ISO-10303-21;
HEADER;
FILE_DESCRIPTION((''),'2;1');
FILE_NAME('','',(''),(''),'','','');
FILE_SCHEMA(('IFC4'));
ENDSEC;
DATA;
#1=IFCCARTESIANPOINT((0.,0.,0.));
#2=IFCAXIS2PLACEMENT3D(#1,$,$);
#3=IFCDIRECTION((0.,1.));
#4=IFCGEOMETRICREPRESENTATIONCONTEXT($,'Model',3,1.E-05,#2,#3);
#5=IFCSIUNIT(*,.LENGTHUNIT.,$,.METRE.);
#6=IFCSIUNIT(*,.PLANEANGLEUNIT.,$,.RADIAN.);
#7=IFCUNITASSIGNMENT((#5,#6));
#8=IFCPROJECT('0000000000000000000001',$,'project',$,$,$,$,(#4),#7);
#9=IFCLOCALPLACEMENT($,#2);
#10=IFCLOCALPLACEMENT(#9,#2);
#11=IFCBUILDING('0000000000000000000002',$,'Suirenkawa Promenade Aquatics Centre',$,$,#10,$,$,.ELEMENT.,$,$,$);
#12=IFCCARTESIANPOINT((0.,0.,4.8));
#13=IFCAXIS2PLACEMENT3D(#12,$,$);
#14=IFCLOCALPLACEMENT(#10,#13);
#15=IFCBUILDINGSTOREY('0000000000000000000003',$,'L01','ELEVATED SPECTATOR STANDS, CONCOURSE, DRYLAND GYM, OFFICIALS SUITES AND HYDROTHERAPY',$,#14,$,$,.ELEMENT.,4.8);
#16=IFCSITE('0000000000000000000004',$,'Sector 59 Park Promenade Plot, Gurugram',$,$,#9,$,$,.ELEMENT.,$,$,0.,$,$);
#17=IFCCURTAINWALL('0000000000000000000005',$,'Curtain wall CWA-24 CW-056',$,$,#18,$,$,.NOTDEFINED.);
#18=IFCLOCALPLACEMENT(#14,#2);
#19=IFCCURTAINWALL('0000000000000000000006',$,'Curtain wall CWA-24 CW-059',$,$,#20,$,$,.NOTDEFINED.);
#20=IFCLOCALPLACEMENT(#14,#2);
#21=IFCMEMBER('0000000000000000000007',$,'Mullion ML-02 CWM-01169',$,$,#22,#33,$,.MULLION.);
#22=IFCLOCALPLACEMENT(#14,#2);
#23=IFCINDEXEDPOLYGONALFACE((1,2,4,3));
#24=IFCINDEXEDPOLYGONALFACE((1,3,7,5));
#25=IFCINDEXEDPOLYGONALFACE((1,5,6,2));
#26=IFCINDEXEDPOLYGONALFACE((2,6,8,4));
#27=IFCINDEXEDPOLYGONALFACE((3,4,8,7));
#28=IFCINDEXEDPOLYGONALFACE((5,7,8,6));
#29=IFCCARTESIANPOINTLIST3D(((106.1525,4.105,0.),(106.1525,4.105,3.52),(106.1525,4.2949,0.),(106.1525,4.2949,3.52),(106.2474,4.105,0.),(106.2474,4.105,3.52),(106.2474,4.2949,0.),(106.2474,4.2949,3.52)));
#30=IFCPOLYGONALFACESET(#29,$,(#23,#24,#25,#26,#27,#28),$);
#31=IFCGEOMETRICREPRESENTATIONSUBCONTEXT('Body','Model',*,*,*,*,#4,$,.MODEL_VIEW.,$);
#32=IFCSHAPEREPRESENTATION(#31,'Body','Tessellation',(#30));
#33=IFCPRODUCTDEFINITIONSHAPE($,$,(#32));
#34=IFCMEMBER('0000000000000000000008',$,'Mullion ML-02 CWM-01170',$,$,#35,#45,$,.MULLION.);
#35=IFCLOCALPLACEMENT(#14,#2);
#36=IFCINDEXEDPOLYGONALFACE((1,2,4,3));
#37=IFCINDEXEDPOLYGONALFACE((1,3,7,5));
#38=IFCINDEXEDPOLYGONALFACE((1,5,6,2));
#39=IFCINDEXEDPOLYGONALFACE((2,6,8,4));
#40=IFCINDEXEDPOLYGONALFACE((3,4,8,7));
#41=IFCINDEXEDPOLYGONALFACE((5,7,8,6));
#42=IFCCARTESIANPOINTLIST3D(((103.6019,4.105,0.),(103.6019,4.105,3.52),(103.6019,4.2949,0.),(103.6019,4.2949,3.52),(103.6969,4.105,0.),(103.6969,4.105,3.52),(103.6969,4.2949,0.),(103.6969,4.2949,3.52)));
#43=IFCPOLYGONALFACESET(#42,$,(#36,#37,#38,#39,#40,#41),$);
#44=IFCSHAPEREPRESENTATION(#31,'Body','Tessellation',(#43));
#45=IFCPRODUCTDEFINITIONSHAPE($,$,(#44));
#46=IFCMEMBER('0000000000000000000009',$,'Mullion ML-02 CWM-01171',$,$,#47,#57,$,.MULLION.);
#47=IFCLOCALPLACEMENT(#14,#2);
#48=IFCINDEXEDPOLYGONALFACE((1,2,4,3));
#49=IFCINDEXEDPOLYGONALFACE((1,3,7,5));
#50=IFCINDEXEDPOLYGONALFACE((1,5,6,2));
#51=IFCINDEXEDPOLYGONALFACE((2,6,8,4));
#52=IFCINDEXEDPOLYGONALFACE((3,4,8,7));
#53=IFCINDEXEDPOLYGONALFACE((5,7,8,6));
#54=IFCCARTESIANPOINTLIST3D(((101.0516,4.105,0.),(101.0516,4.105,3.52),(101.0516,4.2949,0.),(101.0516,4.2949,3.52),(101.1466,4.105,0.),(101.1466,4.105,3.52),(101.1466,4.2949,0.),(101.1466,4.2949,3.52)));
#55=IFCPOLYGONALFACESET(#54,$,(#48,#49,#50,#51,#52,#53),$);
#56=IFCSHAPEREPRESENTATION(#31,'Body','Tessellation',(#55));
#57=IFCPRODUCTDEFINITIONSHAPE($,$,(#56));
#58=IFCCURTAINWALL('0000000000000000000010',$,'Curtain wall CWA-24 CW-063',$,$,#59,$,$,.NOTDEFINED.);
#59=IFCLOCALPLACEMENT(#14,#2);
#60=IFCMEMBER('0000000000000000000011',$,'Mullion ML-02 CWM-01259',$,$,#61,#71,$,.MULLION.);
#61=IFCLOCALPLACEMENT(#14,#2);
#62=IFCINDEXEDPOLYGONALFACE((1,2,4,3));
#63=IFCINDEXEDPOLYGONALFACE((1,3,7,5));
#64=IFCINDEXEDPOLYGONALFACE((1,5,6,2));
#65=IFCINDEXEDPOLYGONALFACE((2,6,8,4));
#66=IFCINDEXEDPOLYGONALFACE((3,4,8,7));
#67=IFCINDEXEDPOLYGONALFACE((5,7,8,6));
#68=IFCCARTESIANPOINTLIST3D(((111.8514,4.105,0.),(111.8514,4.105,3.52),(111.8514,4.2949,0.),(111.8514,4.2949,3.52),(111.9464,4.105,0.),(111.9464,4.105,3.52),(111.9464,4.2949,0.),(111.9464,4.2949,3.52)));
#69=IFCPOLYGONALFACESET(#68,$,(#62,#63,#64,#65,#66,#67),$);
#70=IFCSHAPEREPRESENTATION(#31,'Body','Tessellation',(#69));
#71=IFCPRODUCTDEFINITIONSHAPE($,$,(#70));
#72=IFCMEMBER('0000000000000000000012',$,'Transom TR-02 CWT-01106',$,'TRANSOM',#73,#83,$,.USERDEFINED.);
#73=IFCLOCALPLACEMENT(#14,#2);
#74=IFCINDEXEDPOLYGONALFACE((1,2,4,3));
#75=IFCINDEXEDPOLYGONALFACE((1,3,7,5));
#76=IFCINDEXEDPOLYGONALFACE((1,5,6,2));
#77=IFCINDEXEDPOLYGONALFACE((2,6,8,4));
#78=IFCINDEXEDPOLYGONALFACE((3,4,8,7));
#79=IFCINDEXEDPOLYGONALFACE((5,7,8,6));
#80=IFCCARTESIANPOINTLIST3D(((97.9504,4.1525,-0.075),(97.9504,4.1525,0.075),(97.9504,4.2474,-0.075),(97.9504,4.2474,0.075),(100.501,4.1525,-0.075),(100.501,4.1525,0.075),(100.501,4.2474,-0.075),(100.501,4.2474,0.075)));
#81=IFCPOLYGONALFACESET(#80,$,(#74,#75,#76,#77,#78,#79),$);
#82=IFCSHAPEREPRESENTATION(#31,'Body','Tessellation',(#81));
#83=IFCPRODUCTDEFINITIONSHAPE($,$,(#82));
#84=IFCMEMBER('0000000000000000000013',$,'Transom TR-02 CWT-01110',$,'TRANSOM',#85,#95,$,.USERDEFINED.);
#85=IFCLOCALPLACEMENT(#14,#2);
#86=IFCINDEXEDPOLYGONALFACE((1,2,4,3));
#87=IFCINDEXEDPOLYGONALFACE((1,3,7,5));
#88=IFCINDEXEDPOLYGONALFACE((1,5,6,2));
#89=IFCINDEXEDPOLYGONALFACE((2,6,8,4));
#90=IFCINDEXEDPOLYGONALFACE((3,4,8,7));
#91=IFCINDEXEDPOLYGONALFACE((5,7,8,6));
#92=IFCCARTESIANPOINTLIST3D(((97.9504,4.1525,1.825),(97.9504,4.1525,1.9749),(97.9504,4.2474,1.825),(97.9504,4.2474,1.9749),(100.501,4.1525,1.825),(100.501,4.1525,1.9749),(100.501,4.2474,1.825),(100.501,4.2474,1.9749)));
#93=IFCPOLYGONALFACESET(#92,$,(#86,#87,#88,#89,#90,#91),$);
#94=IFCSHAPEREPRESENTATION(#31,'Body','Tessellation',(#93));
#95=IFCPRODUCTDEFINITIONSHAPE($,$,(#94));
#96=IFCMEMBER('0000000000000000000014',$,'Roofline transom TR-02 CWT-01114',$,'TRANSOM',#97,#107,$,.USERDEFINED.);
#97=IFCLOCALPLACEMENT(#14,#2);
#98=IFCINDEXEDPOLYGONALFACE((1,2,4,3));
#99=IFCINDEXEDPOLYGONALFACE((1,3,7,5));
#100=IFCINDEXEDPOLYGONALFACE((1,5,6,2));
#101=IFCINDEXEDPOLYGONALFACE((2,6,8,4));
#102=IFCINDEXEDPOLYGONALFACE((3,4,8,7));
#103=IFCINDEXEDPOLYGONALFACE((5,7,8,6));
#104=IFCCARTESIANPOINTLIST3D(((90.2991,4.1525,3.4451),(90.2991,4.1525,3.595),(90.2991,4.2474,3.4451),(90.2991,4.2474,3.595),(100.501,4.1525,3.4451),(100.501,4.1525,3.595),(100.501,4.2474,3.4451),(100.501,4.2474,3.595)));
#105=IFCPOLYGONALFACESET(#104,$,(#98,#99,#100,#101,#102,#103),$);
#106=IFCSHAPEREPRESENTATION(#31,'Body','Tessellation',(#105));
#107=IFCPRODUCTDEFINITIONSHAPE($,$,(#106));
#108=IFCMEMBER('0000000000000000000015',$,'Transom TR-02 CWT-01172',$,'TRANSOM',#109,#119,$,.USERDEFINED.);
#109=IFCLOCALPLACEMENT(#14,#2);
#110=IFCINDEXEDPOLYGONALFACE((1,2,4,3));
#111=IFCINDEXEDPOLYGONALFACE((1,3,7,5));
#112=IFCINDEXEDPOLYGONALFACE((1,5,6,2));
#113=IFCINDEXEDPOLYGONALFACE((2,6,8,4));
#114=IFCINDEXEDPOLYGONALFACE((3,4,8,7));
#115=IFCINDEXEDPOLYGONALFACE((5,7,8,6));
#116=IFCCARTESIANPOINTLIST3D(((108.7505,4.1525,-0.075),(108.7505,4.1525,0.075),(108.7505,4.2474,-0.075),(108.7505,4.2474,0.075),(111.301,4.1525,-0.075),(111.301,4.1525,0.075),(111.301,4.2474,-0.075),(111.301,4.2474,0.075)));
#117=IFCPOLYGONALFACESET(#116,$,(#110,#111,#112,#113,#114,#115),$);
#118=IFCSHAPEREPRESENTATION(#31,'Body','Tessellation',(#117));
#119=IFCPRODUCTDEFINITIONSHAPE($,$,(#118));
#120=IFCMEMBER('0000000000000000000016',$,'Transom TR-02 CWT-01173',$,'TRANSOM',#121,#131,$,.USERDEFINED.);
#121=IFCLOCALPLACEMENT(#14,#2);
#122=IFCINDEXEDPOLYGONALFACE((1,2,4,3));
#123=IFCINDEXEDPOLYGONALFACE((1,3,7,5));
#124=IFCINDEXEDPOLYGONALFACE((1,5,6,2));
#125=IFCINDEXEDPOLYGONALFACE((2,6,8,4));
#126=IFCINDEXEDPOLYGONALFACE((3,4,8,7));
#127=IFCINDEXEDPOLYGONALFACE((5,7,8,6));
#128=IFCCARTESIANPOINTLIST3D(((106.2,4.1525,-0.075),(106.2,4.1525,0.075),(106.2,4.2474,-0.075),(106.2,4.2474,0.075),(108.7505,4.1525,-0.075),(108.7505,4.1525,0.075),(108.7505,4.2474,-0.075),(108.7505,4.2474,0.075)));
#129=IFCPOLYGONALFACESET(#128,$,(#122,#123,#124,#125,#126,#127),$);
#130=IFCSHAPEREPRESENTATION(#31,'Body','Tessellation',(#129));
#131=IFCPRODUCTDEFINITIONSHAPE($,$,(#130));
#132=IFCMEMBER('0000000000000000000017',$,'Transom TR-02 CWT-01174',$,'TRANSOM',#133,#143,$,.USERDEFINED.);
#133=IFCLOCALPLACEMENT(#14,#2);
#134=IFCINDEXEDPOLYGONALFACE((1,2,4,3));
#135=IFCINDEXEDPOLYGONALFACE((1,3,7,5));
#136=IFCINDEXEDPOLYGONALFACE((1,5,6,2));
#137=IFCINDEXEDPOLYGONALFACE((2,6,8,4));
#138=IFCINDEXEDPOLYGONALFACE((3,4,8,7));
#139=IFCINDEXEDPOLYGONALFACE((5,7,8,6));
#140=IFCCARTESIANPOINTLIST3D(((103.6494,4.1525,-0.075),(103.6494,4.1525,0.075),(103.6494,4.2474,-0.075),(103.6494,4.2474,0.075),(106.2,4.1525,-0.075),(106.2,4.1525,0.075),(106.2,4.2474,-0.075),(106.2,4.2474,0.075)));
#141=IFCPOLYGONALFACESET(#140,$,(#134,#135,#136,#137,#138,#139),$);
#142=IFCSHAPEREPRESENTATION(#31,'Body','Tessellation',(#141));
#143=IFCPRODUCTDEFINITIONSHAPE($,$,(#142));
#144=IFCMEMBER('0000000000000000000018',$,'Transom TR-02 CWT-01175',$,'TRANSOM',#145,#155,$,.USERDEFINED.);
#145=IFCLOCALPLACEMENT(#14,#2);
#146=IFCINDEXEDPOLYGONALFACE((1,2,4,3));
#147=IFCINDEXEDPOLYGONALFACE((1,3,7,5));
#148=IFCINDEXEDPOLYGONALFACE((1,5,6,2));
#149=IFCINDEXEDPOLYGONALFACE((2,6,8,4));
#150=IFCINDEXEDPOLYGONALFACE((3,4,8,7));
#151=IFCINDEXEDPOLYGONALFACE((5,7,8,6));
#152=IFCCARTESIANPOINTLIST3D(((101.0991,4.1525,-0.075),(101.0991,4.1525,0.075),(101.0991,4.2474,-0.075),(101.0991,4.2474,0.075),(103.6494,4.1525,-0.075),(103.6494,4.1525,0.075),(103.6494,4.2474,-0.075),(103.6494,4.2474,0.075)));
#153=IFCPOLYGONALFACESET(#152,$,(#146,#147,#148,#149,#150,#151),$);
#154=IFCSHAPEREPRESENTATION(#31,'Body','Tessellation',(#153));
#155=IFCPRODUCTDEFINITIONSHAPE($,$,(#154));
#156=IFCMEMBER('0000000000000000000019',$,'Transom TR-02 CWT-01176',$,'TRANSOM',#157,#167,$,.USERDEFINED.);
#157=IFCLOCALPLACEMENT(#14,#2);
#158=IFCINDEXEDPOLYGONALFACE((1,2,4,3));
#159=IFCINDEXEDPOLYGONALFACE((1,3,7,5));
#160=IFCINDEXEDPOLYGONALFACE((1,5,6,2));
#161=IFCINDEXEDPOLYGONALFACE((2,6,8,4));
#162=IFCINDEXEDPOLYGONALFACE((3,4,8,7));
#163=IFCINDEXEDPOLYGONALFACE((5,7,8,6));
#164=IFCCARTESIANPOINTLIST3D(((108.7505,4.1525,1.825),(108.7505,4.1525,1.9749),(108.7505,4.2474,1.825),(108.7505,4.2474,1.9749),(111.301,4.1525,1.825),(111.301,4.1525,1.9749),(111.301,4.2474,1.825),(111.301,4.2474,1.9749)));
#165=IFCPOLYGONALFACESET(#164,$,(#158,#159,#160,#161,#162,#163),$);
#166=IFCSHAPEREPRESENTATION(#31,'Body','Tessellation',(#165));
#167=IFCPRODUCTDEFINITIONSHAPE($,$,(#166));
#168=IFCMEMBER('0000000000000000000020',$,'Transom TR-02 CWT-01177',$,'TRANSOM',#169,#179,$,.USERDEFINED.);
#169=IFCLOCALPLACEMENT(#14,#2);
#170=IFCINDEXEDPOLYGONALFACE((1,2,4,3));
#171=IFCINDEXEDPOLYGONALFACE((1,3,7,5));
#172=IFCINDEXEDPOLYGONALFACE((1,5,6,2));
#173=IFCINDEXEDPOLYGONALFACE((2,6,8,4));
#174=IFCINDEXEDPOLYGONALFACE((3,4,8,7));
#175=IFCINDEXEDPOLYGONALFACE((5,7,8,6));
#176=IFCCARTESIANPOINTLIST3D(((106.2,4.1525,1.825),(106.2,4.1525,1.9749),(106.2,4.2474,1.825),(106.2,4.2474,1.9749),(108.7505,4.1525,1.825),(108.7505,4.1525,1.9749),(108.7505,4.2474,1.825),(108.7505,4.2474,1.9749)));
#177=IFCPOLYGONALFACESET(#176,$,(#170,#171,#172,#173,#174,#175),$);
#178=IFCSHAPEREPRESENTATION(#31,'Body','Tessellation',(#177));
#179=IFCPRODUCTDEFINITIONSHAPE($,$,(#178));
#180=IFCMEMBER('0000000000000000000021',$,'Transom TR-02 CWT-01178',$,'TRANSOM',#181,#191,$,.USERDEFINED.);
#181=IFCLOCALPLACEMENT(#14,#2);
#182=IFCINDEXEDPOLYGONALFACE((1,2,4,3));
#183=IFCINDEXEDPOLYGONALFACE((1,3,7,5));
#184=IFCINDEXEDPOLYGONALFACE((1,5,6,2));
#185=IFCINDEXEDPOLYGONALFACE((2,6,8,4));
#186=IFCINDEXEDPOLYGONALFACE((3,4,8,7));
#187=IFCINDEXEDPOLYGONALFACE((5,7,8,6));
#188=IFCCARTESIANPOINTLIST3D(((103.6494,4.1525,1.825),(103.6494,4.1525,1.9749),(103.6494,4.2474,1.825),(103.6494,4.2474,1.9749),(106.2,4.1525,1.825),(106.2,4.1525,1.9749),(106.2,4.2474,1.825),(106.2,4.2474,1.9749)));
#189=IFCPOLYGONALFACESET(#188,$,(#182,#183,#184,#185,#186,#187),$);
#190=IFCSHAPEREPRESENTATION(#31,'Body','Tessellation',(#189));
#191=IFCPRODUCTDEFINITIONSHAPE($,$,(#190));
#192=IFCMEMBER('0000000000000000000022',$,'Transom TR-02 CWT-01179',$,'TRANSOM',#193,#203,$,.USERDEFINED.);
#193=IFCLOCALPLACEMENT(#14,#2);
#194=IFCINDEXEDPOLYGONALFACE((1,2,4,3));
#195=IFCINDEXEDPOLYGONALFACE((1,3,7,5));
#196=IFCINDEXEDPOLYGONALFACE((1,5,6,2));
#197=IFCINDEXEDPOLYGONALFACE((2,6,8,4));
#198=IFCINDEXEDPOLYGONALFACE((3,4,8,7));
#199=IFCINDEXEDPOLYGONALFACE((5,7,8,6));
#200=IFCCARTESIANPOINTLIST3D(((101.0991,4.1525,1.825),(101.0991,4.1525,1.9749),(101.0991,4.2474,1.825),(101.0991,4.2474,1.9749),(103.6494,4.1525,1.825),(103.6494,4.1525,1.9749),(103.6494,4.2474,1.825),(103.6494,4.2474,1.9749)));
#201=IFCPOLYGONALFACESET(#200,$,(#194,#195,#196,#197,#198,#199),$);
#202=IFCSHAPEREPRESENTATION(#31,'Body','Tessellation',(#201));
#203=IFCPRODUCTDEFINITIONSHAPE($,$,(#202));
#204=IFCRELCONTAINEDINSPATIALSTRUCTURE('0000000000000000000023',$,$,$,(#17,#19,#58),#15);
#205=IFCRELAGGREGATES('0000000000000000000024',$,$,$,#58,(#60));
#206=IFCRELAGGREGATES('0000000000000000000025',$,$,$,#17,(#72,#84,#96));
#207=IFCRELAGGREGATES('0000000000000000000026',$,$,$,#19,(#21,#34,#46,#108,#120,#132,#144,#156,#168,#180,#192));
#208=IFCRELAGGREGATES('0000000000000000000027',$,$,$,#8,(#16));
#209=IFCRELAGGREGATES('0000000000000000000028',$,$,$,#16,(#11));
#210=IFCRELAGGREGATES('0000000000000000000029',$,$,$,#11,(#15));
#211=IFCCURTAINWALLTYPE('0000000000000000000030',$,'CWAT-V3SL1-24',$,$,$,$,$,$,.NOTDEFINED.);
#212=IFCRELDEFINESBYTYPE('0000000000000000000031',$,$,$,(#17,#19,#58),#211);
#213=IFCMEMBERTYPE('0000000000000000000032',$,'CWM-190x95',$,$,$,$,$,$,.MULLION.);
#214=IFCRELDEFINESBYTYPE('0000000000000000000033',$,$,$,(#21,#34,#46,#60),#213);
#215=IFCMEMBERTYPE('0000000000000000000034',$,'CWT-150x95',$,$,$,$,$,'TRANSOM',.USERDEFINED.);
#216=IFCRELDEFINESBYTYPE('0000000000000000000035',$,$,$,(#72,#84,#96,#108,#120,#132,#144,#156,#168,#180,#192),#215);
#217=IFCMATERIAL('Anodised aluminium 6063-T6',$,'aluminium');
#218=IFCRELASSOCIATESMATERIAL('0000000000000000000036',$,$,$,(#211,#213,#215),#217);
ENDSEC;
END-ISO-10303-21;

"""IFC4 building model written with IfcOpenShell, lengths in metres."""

from ifc_helpers import new_model, si_unit, direction, frame, origin, origin_2d, place, context, subcontext, project, spatial, rectangle, extrude, material, material_profile, profile_set, type_object, element, aggregate, save


model = new_model("IFC4")

# Units and contexts
model_context = context("Model", 3, precision=1e-05, world=origin(), true_north=direction((0.0, 1.0)))
body_context = subcontext(model_context, "Body", "Model", "MODEL_VIEW")
ifc_project = project(units=[si_unit("LENGTHUNIT", "METRE"), si_unit("PLANEANGLEUNIT", "RADIAN")], contexts=[model_context])

# Site, building, storey
site_placement = place(None, origin())
site = spatial("IfcSite", under=ifc_project, at=site_placement, Name="Sector 59 Park Promenade Plot, Gurugram", CompositionType="ELEMENT", RefElevation=0.0)
building_placement = place(site_placement, origin())
building = spatial("IfcBuilding", under=site, at=building_placement, Name="Suirenkawa Promenade Aquatics Centre", CompositionType="ELEMENT")
storey_placement = place(building_placement, frame((0.0, 0.0, 4.8)))
storey = spatial("IfcBuildingStorey", under=building, at=storey_placement, Name="L01", Description="ELEVATED SPECTATOR STANDS, CONCOURSE, DRYLAND GYM, OFFICIALS SUITES AND HYDROTHERAPY", CompositionType="ELEMENT", Elevation=4.8)

# Curtain wall
ifc_material_1 = material(Name="Anodised aluminium 6063-T6", Category="aluminium")
curtain_wall_type = type_object("IfcCurtainWallType", Name="CWAT-V3SL1-24", PredefinedType="NOTDEFINED", material=ifc_material_1)
curtain_wall_1_placement = place(storey_placement, origin())
curtain_wall_1 = element("IfcCurtainWall", 1, at=curtain_wall_1_placement, inside=storey, type_object=curtain_wall_type, Name="Curtain wall CWA-24 CW-056", PredefinedType="NOTDEFINED")
ifc_material_profile_1 = material_profile(ifc_material_1, rectangle(XDim=0.095, YDim=0.1899, at=origin_2d()), Name="ALU MULL 95x190", Category="aluminium")
ifc_profile_set_1 = profile_set([ifc_material_profile_1], Name="Anodised aluminium 6063-T6")
member_type_1 = type_object("IfcMemberType", Name="CWM-190x95", PredefinedType="MULLION", material=ifc_profile_set_1)

# Curtain wall, members
curtain_wall_2_placement = place(storey_placement, origin())
curtain_wall_2 = element("IfcCurtainWall", 2, at=curtain_wall_2_placement, inside=storey, type_object=curtain_wall_type, Name="Curtain wall CWA-24 CW-059", PredefinedType="NOTDEFINED")
member_1_placement = place(storey_placement, frame((106.2, 4.2, 0.0), z_axis=(0.0, 0.0, 1.0), x_axis=(-1.0, 0.0, 0.0)))
member_1 = element("IfcMember", 3, at=member_1_placement, type_object=member_type_1, Name="Mullion ML-02 CWM-01169", PredefinedType="MULLION", context=body_context, shape_type="SweptSolid", body=[
    extrude(rectangle(XDim=0.095, YDim=0.1899, at=origin_2d()), origin(), (0.0, 0.0, 1.0), 3.52),
])
member_2_placement = place(storey_placement, frame((103.6494, 4.2, 0.0), z_axis=(0.0, 0.0, 1.0), x_axis=(-1.0, 0.0, 0.0)))
member_2 = element("IfcMember", 4, at=member_2_placement, type_object=member_type_1, Name="Mullion ML-02 CWM-01170", PredefinedType="MULLION", context=body_context, shape_type="SweptSolid", body=[
    extrude(rectangle(XDim=0.095, YDim=0.1899, at=origin_2d()), origin(), (0.0, 0.0, 1.0), 3.52),
])
member_3_placement = place(storey_placement, frame((101.0991, 4.2, 0.0), z_axis=(0.0, 0.0, 1.0), x_axis=(-1.0, 0.0, 0.0)))
member_3 = element("IfcMember", 5, at=member_3_placement, type_object=member_type_1, Name="Mullion ML-02 CWM-01171", PredefinedType="MULLION", context=body_context, shape_type="SweptSolid", body=[
    extrude(rectangle(XDim=0.095, YDim=0.1899, at=origin_2d()), origin(), (0.0, 0.0, 1.0), 3.52),
])

# Curtain wall, member
curtain_wall_3_placement = place(storey_placement, origin())
curtain_wall_3 = element("IfcCurtainWall", 6, at=curtain_wall_3_placement, inside=storey, type_object=curtain_wall_type, Name="Curtain wall CWA-24 CW-063", PredefinedType="NOTDEFINED")
member_4_placement = place(storey_placement, frame((111.8989, 4.2, 0.0), z_axis=(0.0, 0.0, 1.0), x_axis=(-1.0, 0.0, 0.0)))
member_4 = element("IfcMember", 7, at=member_4_placement, type_object=member_type_1, Name="Mullion ML-02 CWM-01259", PredefinedType="MULLION", context=body_context, shape_type="SweptSolid", body=[
    extrude(rectangle(XDim=0.095, YDim=0.1899, at=origin_2d()), origin(), (0.0, 0.0, 1.0), 3.52),
])
aggregate(curtain_wall_3, [member_4])

# Members
ifc_material_profile_2 = material_profile(ifc_material_1, rectangle(XDim=0.095, YDim=0.1499, at=origin_2d()), Name="ALU TRAN 95x150", Category="aluminium")
ifc_profile_set_2 = profile_set([ifc_material_profile_2], Name="Anodised aluminium 6063-T6")
member_type_2 = type_object("IfcMemberType", Name="CWT-150x95", ElementType="TRANSOM", PredefinedType="USERDEFINED", material=ifc_profile_set_2)
member_5_placement = place(storey_placement, frame((100.501, 4.2, 0.0), z_axis=(-1.0, 0.0, 0.0), x_axis=(0.0, -1.0, 0.0)))
member_5 = element("IfcMember", 8, at=member_5_placement, type_object=member_type_2, Name="Transom TR-02 CWT-01106", ObjectType="TRANSOM", PredefinedType="USERDEFINED", context=body_context, shape_type="SweptSolid", body=[
    extrude(rectangle(XDim=0.095, YDim=0.1499, at=origin_2d()), origin(), (0.0, 0.0, 1.0), 2.5505),
])
member_6_placement = place(storey_placement, frame((100.501, 4.2, 1.8999), z_axis=(-1.0, 0.0, 0.0), x_axis=(0.0, -1.0, 0.0)))
member_6 = element("IfcMember", 9, at=member_6_placement, type_object=member_type_2, Name="Transom TR-02 CWT-01110", ObjectType="TRANSOM", PredefinedType="USERDEFINED", context=body_context, shape_type="SweptSolid", body=[
    extrude(rectangle(XDim=0.095, YDim=0.1499, at=origin_2d()), origin(), (0.0, 0.0, 1.0), 2.5505),
])
member_7_placement = place(storey_placement, frame((100.501, 4.2, 3.52), z_axis=(-1.0, 0.0, 0.0), x_axis=(0.0, -1.0, 0.0)))
member_7 = element("IfcMember", 10, at=member_7_placement, type_object=member_type_2, Name="Roofline transom TR-02 CWT-01114", ObjectType="TRANSOM", PredefinedType="USERDEFINED", context=body_context, shape_type="SweptSolid", body=[
    extrude(rectangle(XDim=0.095, YDim=0.1499, at=origin_2d()), origin(), (0.0, 0.0, 1.0), 10.2019),
])
member_8_placement = place(storey_placement, frame((111.301, 4.2, 0.0), z_axis=(-1.0, 0.0, 0.0), x_axis=(0.0, -1.0, 0.0)))
member_8 = element("IfcMember", 11, at=member_8_placement, type_object=member_type_2, Name="Transom TR-02 CWT-01172", ObjectType="TRANSOM", PredefinedType="USERDEFINED", context=body_context, shape_type="SweptSolid", body=[
    extrude(rectangle(XDim=0.095, YDim=0.1499, at=origin_2d()), origin(), (0.0, 0.0, 1.0), 2.5505),
])
member_9_placement = place(storey_placement, frame((108.7505, 4.2, 0.0), z_axis=(-1.0, 0.0, 0.0), x_axis=(0.0, -1.0, 0.0)))
member_9 = element("IfcMember", 12, at=member_9_placement, type_object=member_type_2, Name="Transom TR-02 CWT-01173", ObjectType="TRANSOM", PredefinedType="USERDEFINED", context=body_context, shape_type="SweptSolid", body=[
    extrude(rectangle(XDim=0.095, YDim=0.1499, at=origin_2d()), origin(), (0.0, 0.0, 1.0), 2.5505),
])
member_10_placement = place(storey_placement, frame((106.2, 4.2, 0.0), z_axis=(-1.0, 0.0, 0.0), x_axis=(0.0, -1.0, 0.0)))
member_10 = element("IfcMember", 13, at=member_10_placement, type_object=member_type_2, Name="Transom TR-02 CWT-01174", ObjectType="TRANSOM", PredefinedType="USERDEFINED", context=body_context, shape_type="SweptSolid", body=[
    extrude(rectangle(XDim=0.095, YDim=0.1499, at=origin_2d()), origin(), (0.0, 0.0, 1.0), 2.5505),
])
member_11_placement = place(storey_placement, frame((103.6494, 4.2, 0.0), z_axis=(-1.0, 0.0, 0.0), x_axis=(0.0, -1.0, 0.0)))
member_11 = element("IfcMember", 14, at=member_11_placement, type_object=member_type_2, Name="Transom TR-02 CWT-01175", ObjectType="TRANSOM", PredefinedType="USERDEFINED", context=body_context, shape_type="SweptSolid", body=[
    extrude(rectangle(XDim=0.095, YDim=0.1499, at=origin_2d()), origin(), (0.0, 0.0, 1.0), 2.5503),
])
member_12_placement = place(storey_placement, frame((111.301, 4.2, 1.8999), z_axis=(-1.0, 0.0, 0.0), x_axis=(0.0, -1.0, 0.0)))
member_12 = element("IfcMember", 15, at=member_12_placement, type_object=member_type_2, Name="Transom TR-02 CWT-01176", ObjectType="TRANSOM", PredefinedType="USERDEFINED", context=body_context, shape_type="SweptSolid", body=[
    extrude(rectangle(XDim=0.095, YDim=0.1499, at=origin_2d()), origin(), (0.0, 0.0, 1.0), 2.5505),
])
member_13_placement = place(storey_placement, frame((108.7505, 4.2, 1.8999), z_axis=(-1.0, 0.0, 0.0), x_axis=(0.0, -1.0, 0.0)))
member_13 = element("IfcMember", 16, at=member_13_placement, type_object=member_type_2, Name="Transom TR-02 CWT-01177", ObjectType="TRANSOM", PredefinedType="USERDEFINED", context=body_context, shape_type="SweptSolid", body=[
    extrude(rectangle(XDim=0.095, YDim=0.1499, at=origin_2d()), origin(), (0.0, 0.0, 1.0), 2.5505),
])
member_14_placement = place(storey_placement, frame((106.2, 4.2, 1.8999), z_axis=(-1.0, 0.0, 0.0), x_axis=(0.0, -1.0, 0.0)))
member_14 = element("IfcMember", 17, at=member_14_placement, type_object=member_type_2, Name="Transom TR-02 CWT-01178", ObjectType="TRANSOM", PredefinedType="USERDEFINED", context=body_context, shape_type="SweptSolid", body=[
    extrude(rectangle(XDim=0.095, YDim=0.1499, at=origin_2d()), origin(), (0.0, 0.0, 1.0), 2.5505),
])
member_15_placement = place(storey_placement, frame((103.6494, 4.2, 1.8999), z_axis=(-1.0, 0.0, 0.0), x_axis=(0.0, -1.0, 0.0)))
member_15 = element("IfcMember", 18, at=member_15_placement, type_object=member_type_2, Name="Transom TR-02 CWT-01179", ObjectType="TRANSOM", PredefinedType="USERDEFINED", context=body_context, shape_type="SweptSolid", body=[
    extrude(rectangle(XDim=0.095, YDim=0.1499, at=origin_2d()), origin(), (0.0, 0.0, 1.0), 2.5503),
])

aggregate(curtain_wall_1, [member_5, member_6, member_7])
aggregate(curtain_wall_2, [member_1, member_2, member_3, member_8, member_9, member_10, member_11, member_12, member_13, member_14, member_15])

save(model, "model.ifc")
